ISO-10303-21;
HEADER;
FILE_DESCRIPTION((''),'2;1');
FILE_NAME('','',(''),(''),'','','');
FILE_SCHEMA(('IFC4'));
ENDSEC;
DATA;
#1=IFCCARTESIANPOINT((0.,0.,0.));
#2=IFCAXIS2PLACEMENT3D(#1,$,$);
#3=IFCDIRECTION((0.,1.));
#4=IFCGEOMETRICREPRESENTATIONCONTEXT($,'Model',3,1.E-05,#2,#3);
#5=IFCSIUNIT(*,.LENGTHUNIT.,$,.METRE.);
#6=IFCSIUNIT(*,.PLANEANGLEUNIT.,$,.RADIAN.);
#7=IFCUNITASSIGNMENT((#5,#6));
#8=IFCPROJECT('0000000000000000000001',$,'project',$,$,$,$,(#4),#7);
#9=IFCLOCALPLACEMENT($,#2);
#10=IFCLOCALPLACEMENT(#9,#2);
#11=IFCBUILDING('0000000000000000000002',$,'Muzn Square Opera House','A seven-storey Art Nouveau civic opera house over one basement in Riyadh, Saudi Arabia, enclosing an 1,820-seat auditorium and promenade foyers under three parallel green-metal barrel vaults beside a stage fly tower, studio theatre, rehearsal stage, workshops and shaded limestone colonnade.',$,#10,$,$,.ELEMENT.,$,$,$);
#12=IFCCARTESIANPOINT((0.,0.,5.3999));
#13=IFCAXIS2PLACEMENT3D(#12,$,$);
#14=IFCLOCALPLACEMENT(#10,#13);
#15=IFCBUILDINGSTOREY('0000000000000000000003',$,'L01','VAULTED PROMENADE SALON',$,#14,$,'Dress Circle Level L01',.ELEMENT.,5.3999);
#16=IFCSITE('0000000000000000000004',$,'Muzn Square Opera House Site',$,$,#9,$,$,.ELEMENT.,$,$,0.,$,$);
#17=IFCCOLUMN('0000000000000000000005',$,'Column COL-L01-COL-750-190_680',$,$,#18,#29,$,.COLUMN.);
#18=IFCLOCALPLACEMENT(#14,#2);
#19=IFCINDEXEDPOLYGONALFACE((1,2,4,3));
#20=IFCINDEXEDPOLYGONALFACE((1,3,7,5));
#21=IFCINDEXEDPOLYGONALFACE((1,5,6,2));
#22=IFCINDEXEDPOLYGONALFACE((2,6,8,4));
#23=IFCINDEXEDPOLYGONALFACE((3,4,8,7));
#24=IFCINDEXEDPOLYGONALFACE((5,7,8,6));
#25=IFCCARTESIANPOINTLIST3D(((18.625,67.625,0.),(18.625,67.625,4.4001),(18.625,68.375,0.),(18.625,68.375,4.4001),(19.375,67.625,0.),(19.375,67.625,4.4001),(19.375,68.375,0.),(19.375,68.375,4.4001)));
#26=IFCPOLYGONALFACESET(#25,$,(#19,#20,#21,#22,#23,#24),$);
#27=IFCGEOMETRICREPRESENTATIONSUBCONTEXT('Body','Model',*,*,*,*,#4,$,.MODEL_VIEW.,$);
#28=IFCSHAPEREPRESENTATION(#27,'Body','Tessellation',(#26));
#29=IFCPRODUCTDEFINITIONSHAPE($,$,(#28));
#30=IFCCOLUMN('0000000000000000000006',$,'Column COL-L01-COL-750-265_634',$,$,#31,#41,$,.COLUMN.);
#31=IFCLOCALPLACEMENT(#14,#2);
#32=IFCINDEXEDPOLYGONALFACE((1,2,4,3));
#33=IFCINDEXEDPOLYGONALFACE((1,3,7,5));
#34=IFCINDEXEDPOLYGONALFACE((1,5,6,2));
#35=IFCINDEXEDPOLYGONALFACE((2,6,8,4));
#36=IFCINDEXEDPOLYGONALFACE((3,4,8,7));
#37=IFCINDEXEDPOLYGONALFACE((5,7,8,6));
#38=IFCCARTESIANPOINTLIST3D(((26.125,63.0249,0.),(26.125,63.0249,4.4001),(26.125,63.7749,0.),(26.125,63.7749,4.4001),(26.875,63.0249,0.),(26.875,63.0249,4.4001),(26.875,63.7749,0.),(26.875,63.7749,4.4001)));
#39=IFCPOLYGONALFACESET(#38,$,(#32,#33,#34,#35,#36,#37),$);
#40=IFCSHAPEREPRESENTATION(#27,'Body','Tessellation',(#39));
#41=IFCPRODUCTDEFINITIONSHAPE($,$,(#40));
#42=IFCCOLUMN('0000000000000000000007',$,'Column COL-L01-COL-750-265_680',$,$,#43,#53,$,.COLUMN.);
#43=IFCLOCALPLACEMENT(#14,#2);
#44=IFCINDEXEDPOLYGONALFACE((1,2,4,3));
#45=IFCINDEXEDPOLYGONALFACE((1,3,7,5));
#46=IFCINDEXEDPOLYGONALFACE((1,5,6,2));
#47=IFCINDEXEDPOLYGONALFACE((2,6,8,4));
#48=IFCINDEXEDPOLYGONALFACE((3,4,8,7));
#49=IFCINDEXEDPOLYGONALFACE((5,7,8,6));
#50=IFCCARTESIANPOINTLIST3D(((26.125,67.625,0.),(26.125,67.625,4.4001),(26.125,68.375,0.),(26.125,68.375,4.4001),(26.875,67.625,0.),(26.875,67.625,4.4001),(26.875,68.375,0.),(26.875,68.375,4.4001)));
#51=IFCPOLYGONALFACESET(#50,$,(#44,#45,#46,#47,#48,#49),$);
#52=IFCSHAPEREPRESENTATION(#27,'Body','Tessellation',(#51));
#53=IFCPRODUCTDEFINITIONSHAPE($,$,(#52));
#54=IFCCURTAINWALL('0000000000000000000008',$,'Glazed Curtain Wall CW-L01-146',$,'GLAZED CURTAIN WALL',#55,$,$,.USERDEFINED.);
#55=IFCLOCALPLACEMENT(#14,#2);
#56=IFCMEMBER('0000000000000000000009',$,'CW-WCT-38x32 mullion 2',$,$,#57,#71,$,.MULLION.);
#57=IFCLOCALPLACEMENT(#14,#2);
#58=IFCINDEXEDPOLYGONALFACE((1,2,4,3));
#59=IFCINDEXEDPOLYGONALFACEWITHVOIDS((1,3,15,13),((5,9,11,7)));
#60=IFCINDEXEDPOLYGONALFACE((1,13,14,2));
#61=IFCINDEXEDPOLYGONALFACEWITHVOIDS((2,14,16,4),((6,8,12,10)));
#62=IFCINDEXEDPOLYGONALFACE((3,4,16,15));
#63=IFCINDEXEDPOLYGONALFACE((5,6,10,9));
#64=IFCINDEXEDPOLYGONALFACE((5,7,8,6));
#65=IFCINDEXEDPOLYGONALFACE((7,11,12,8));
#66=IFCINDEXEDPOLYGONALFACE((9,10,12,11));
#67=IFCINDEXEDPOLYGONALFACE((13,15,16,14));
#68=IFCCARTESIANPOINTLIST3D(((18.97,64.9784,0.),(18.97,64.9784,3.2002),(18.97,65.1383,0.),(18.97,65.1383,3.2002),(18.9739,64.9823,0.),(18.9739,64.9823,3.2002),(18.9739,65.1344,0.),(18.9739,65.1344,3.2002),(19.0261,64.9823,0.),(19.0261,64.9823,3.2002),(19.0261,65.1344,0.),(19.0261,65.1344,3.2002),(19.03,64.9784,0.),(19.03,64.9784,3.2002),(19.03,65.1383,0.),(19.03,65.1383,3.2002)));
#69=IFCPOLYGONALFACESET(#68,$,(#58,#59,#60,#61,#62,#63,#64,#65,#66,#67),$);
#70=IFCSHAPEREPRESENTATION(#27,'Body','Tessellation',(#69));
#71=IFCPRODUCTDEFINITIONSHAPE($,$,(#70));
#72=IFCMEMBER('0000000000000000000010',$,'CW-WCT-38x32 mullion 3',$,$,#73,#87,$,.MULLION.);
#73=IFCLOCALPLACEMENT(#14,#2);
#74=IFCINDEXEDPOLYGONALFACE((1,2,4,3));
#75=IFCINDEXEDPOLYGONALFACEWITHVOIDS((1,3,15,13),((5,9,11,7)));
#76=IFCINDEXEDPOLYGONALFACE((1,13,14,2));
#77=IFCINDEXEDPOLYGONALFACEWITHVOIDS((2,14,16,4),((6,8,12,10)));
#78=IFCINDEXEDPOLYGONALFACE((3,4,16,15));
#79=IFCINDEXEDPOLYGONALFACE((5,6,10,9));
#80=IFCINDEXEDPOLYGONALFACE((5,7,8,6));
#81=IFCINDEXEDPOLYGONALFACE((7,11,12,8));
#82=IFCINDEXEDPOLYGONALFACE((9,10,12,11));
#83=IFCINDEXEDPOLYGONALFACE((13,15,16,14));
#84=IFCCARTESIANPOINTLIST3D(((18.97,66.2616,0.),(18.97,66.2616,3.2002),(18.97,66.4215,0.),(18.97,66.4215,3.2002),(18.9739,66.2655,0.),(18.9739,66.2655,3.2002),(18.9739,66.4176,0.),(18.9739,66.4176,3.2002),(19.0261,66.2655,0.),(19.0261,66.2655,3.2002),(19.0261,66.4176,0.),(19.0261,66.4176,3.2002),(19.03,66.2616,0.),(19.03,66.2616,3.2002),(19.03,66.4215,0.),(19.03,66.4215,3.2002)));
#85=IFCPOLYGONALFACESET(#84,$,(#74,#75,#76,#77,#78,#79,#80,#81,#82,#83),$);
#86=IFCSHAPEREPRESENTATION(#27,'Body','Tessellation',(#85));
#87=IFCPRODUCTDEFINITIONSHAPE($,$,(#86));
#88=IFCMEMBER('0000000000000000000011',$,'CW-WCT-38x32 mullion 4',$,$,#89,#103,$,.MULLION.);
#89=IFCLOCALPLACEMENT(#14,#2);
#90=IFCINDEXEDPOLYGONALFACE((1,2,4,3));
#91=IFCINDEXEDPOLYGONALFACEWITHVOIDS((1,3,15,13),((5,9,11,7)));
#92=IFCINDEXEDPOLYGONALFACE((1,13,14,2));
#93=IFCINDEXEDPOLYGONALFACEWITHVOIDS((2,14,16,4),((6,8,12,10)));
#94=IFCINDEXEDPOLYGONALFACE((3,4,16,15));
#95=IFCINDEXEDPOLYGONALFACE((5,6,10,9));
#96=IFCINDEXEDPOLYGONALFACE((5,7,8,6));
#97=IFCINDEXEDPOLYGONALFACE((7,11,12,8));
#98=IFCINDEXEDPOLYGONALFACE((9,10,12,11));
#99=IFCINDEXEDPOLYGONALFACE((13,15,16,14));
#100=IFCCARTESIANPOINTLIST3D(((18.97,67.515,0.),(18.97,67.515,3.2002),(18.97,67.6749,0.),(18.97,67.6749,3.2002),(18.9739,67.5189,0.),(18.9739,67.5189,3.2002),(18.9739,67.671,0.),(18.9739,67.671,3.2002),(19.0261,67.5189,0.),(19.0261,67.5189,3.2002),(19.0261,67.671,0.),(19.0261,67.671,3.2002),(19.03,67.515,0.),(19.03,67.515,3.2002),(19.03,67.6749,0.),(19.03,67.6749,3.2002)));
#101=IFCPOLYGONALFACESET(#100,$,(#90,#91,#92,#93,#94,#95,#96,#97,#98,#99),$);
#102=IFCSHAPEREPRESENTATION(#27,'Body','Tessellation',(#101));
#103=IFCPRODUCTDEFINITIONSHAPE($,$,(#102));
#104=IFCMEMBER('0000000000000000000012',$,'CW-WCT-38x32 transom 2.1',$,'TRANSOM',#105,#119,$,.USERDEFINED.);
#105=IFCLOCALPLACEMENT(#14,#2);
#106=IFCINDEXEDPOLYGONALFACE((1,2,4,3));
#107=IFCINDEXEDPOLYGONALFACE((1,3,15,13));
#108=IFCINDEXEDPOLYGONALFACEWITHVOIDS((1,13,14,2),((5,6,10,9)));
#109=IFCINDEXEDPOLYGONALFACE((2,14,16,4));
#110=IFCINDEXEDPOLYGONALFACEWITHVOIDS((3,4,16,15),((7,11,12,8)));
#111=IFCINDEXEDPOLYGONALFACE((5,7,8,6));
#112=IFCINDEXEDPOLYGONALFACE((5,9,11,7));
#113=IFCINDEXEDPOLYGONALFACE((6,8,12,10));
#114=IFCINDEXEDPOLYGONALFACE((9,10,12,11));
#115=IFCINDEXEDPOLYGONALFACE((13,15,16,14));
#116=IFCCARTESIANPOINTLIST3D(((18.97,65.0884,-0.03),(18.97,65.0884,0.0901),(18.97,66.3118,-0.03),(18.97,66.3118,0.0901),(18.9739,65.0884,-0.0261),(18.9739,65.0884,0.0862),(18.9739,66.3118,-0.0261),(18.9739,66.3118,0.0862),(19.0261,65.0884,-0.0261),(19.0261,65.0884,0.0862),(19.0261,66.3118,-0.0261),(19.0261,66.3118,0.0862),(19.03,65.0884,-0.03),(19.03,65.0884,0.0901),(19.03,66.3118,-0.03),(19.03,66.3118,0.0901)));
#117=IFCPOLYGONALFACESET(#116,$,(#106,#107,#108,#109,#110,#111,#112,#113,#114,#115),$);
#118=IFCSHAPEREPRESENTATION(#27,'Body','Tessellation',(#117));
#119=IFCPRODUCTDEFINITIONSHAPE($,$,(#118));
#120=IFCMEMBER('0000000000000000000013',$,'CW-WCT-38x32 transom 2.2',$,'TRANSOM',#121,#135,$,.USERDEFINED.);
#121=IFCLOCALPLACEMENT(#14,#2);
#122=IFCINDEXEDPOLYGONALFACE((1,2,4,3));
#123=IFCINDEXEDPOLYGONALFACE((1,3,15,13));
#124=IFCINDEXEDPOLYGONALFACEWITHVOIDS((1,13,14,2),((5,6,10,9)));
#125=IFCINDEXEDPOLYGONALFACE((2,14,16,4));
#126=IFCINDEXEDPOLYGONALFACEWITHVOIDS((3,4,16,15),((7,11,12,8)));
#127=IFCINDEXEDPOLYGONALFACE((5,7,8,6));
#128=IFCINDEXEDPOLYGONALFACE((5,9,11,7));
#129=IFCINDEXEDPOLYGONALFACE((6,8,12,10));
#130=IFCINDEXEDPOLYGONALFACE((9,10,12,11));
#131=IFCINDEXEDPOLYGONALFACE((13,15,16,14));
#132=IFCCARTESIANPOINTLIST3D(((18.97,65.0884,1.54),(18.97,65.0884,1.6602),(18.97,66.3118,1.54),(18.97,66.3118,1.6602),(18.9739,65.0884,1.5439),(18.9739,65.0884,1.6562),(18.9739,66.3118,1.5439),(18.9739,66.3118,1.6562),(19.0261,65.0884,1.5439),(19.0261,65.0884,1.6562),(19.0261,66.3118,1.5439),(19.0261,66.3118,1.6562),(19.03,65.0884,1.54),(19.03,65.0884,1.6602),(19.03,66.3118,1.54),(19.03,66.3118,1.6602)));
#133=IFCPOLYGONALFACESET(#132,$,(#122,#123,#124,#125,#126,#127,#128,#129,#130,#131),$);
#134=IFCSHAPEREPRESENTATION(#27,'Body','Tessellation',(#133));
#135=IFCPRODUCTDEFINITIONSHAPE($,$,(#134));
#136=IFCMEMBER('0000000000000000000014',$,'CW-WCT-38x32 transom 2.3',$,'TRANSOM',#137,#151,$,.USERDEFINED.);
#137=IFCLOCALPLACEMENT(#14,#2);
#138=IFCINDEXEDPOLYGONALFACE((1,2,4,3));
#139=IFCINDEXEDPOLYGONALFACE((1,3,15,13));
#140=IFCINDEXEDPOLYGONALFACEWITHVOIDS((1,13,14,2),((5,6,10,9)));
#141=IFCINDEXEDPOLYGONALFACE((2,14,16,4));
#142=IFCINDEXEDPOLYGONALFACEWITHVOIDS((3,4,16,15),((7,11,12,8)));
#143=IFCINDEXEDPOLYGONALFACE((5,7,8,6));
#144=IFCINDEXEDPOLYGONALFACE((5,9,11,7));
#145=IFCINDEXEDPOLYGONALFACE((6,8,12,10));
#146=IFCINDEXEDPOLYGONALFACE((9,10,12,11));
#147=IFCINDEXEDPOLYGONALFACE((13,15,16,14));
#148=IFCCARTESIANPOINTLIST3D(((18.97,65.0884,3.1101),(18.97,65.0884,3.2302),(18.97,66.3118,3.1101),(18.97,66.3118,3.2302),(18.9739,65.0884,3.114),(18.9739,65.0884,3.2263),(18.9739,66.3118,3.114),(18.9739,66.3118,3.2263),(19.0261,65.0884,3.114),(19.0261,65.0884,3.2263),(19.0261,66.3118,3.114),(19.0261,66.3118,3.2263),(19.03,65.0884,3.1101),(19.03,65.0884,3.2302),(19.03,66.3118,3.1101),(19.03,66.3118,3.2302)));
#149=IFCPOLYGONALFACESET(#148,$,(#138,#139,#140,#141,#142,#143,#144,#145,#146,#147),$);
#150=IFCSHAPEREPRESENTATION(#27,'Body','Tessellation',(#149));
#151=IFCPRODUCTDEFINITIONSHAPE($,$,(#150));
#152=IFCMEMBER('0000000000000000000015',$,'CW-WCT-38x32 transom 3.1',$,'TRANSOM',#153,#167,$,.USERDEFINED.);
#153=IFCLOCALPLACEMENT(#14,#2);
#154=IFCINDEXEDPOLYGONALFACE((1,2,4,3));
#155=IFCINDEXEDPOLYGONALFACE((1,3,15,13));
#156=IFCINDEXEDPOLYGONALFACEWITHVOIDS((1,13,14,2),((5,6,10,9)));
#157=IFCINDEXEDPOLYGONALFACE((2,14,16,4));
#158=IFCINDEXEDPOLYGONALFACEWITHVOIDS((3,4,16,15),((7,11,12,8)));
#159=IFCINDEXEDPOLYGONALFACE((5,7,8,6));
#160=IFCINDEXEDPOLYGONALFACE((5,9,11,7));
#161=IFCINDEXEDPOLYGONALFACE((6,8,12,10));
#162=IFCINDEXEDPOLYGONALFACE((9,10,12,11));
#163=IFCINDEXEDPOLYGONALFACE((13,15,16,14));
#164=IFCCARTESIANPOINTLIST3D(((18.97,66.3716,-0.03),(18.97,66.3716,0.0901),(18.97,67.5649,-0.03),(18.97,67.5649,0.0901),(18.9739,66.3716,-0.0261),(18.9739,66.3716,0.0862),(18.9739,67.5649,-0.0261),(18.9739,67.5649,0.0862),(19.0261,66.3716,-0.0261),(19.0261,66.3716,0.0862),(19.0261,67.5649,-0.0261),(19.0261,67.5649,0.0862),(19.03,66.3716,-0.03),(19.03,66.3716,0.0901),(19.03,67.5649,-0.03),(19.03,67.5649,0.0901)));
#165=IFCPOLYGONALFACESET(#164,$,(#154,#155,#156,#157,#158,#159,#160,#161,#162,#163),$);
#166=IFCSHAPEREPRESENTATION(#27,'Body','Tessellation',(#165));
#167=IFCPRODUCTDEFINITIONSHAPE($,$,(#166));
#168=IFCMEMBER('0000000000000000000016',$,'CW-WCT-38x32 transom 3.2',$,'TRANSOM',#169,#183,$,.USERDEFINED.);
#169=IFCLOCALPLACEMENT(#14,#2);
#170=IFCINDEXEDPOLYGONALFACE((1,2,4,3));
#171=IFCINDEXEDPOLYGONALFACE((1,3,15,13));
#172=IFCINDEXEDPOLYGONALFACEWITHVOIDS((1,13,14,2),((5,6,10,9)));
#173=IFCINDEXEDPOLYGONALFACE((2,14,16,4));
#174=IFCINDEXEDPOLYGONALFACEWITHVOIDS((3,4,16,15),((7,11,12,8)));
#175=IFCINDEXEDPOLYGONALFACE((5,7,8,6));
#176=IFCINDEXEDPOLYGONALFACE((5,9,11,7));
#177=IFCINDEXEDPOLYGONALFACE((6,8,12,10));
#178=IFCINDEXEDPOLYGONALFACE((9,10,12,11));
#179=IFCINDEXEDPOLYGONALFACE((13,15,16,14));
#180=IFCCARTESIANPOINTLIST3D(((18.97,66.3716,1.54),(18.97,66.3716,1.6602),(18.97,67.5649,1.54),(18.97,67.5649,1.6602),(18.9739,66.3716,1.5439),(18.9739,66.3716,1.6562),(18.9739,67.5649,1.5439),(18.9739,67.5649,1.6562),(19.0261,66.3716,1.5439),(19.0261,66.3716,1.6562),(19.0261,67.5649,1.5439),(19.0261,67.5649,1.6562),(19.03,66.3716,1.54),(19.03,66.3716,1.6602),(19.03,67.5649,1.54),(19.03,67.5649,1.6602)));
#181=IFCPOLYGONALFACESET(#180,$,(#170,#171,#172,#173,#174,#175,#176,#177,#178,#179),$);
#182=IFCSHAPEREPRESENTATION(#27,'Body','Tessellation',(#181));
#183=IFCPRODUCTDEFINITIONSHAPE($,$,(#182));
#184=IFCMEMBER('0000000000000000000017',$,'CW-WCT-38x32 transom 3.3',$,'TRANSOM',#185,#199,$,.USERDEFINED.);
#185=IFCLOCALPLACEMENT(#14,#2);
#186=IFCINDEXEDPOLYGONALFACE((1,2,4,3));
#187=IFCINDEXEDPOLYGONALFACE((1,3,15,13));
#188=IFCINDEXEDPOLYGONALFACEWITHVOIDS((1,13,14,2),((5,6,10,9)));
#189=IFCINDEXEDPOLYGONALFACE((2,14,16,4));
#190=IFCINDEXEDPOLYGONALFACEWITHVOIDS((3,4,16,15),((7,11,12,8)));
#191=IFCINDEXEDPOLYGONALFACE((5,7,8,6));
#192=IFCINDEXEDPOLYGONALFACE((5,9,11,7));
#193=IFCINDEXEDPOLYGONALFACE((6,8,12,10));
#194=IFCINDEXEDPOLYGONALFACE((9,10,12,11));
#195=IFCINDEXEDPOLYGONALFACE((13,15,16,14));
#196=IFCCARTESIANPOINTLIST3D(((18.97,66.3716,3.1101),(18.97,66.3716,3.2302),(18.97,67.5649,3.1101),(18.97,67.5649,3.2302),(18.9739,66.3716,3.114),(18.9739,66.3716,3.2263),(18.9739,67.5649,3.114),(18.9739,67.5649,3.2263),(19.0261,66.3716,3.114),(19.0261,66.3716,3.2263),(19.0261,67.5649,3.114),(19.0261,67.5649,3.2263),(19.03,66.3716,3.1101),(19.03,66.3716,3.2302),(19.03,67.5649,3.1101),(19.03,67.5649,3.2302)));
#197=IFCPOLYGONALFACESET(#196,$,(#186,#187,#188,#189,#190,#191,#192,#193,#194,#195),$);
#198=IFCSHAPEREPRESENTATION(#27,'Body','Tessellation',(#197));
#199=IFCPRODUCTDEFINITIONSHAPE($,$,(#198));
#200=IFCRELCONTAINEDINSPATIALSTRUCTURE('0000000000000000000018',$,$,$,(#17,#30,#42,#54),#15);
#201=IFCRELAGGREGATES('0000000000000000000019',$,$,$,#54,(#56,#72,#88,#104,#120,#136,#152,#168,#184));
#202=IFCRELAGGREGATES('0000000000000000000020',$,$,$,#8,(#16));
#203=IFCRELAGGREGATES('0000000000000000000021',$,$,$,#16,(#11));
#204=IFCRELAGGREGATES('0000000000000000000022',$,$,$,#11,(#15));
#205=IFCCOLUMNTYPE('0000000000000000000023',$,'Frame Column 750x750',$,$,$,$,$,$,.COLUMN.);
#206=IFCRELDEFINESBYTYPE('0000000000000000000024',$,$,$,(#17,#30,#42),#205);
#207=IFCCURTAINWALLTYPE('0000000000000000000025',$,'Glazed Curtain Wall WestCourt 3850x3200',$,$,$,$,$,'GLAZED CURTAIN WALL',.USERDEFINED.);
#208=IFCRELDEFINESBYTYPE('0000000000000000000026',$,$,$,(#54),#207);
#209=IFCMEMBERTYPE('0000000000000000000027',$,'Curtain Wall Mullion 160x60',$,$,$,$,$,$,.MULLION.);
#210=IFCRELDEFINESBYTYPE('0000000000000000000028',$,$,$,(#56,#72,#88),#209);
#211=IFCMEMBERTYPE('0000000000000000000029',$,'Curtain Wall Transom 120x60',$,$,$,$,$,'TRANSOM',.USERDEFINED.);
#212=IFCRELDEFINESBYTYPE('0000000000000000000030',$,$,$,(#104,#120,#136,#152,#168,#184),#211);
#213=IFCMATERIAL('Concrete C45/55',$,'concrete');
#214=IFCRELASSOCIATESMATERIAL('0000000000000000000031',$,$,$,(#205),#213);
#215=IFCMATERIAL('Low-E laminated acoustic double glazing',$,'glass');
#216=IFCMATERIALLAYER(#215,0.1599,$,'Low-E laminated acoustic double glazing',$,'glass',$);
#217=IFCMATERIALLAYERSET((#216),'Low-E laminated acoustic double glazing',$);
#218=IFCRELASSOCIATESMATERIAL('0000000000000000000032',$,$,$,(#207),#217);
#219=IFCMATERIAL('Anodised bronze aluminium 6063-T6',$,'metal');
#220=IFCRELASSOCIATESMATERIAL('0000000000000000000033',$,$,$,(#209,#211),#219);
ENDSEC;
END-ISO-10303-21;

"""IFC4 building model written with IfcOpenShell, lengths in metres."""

from ifc_helpers import new_model, si_unit, direction, frame, origin, origin_2d, place, context, subcontext, project, spatial, rectangle, hollow_rectangle, extrude, material, layer, layer_set, material_profile, profile_set, type_object, element, aggregate, save


model = new_model("IFC4")

# Units and contexts
model_context = context("Model", 3, precision=1e-05, world=origin(), true_north=direction((0.0, 1.0)))
body_context = subcontext(model_context, "Body", "Model", "MODEL_VIEW")
ifc_project = project(units=[si_unit("LENGTHUNIT", "METRE"), si_unit("PLANEANGLEUNIT", "RADIAN")], contexts=[model_context])

# Site, building, storey
site_placement = place(None, origin())
site = spatial("IfcSite", under=ifc_project, at=site_placement, Name="Muzn Square Opera House Site", CompositionType="ELEMENT", RefElevation=0.0)
building_placement = place(site_placement, origin())
building = spatial("IfcBuilding", under=site, at=building_placement, Name="Muzn Square Opera House", Description="A seven-storey Art Nouveau civic opera house over one basement in Riyadh, Saudi Arabia, enclosing an 1,820-seat auditorium and promenade foyers under three parallel green-metal barrel vaults beside a stage fly tower, studio theatre, rehearsal stage, workshops and shaded limestone colonnade.", CompositionType="ELEMENT")
storey_placement = place(building_placement, frame((0.0, 0.0, 5.3999)))
storey = spatial("IfcBuildingStorey", under=building, at=storey_placement, Name="L01", Description="VAULTED PROMENADE SALON", LongName="Dress Circle Level L01", CompositionType="ELEMENT", Elevation=5.3999)

# Columns
ifc_material_1 = material(Name="Concrete C45/55", Category="concrete")
ifc_material_profile_1 = material_profile(ifc_material_1, rectangle(XDim=0.75, YDim=0.75, at=origin_2d()), Name="RC 750x750", Category="concrete")
ifc_profile_set_1 = profile_set([ifc_material_profile_1], Name="Concrete C45/55")
column_type = type_object("IfcColumnType", Name="Frame Column 750x750", PredefinedType="COLUMN", material=ifc_profile_set_1)
for number, where, z_axis, x_axis, name in (
    (1, (19.0, 68.0, 0.0), (0.0, 0.0, 1.0), (1.0, 0.0, 0.0), "Column COL-L01-COL-750-190_680"),
    (2, (26.5, 63.3999, 0.0), (0.0, 0.0, 1.0), (1.0, 0.0, 0.0), "Column COL-L01-COL-750-265_634"),
    (3, (26.5, 68.0, 0.0), (0.0, 0.0, 1.0), (1.0, 0.0, 0.0), "Column COL-L01-COL-750-265_680"),
):
    element("IfcColumn", number, at=place(storey_placement, frame(where, z_axis=z_axis, x_axis=x_axis)), inside=storey, type_object=column_type, Name=name, PredefinedType="COLUMN", context=body_context, shape_type="SweptSolid", body=[
        extrude(rectangle(XDim=0.75, YDim=0.75, at=origin_2d()), origin(), (0.0, 0.0, 1.0), 4.4001),
    ])

# Curtain wall, members
ifc_material_2 = material(Name="Low-E laminated acoustic double glazing", Category="glass")
ifc_layer_1 = layer(ifc_material_2, 0.1599, Name="Low-E laminated acoustic double glazing", Category="glass")
ifc_layer_set_1 = layer_set([ifc_layer_1], Name="Low-E laminated acoustic double glazing")
curtain_wall_type = type_object("IfcCurtainWallType", Name="Glazed Curtain Wall WestCourt 3850x3200", ElementType="GLAZED CURTAIN WALL", PredefinedType="USERDEFINED", material=ifc_layer_set_1)
curtain_wall_placement = place(storey_placement, origin())
curtain_wall = element("IfcCurtainWall", 4, at=curtain_wall_placement, inside=storey, type_object=curtain_wall_type, Name="Glazed Curtain Wall CW-L01-146", ObjectType="GLAZED CURTAIN WALL", PredefinedType="USERDEFINED")
ifc_material_3 = material(Name="Anodised bronze aluminium 6063-T6", Category="metal")
ifc_material_profile_2 = material_profile(ifc_material_3, hollow_rectangle(XDim=0.0601, YDim=0.1599, WallThickness=0.0039, at=origin_2d()), Name="ALU 160x60x4", Category="metal")
ifc_profile_set_2 = profile_set([ifc_material_profile_2], Name="Anodised bronze aluminium 6063-T6")
member_type_1 = type_object("IfcMemberType", Name="Curtain Wall Mullion 160x60", PredefinedType="MULLION", material=ifc_profile_set_2)
member_1_placement = place(storey_placement, frame((19.0, 65.0583, 0.0), z_axis=(0.0, 0.0, 1.0), x_axis=(-1.0, 0.0, 0.0)))
member_1 = element("IfcMember", 5, at=member_1_placement, type_object=member_type_1, Name="CW-WCT-38x32 mullion 2", PredefinedType="MULLION", context=body_context, shape_type="SweptSolid", body=[
    extrude(hollow_rectangle(XDim=0.0601, YDim=0.1599, WallThickness=0.0039, at=origin_2d()), origin(), (0.0, 0.0, 1.0), 3.2002),
])
member_2_placement = place(storey_placement, frame((19.0, 66.3416, 0.0), z_axis=(0.0, 0.0, 1.0), x_axis=(-1.0, 0.0, 0.0)))
member_2 = element("IfcMember", 6, at=member_2_placement, type_object=member_type_1, Name="CW-WCT-38x32 mullion 3", PredefinedType="MULLION", context=body_context, shape_type="SweptSolid", body=[
    extrude(hollow_rectangle(XDim=0.0601, YDim=0.1599, WallThickness=0.0039, at=origin_2d()), origin(), (0.0, 0.0, 1.0), 3.2002),
])
member_3_placement = place(storey_placement, frame((19.0, 67.595, 0.0), z_axis=(0.0, 0.0, 1.0), x_axis=(-1.0, 0.0, 0.0)))
member_3 = element("IfcMember", 7, at=member_3_placement, type_object=member_type_1, Name="CW-WCT-38x32 mullion 4", PredefinedType="MULLION", context=body_context, shape_type="SweptSolid", body=[
    extrude(hollow_rectangle(XDim=0.0601, YDim=0.1599, WallThickness=0.0039, at=origin_2d()), origin(), (0.0, 0.0, 1.0), 3.2002),
])
ifc_material_profile_3 = material_profile(ifc_material_3, hollow_rectangle(XDim=0.0601, YDim=0.1201, WallThickness=0.0039, at=origin_2d()), Name="ALU 120x60x4", Category="metal")
ifc_profile_set_3 = profile_set([ifc_material_profile_3], Name="Anodised bronze aluminium 6063-T6")
member_type_2 = type_object("IfcMemberType", Name="Curtain Wall Transom 120x60", ElementType="TRANSOM", PredefinedType="USERDEFINED", material=ifc_profile_set_3)
member_4_placement = place(storey_placement, frame((19.0, 65.0884, 0.03), z_axis=(0.0, 1.0, 0.0), x_axis=(-1.0, 0.0, 0.0)))
member_4 = element("IfcMember", 8, at=member_4_placement, type_object=member_type_2, Name="CW-WCT-38x32 transom 2.1", ObjectType="TRANSOM", PredefinedType="USERDEFINED", context=body_context, shape_type="SweptSolid", body=[
    extrude(hollow_rectangle(XDim=0.0601, YDim=0.1201, WallThickness=0.0039, at=origin_2d()), origin(), (0.0, 0.0, 1.0), 1.2234),
])
member_5_placement = place(storey_placement, frame((19.0, 65.0884, 1.6001), z_axis=(0.0, 1.0, 0.0), x_axis=(-1.0, 0.0, 0.0)))
member_5 = element("IfcMember", 9, at=member_5_placement, type_object=member_type_2, Name="CW-WCT-38x32 transom 2.2", ObjectType="TRANSOM", PredefinedType="USERDEFINED", context=body_context, shape_type="SweptSolid", body=[
    extrude(hollow_rectangle(XDim=0.0601, YDim=0.1201, WallThickness=0.0039, at=origin_2d()), origin(), (0.0, 0.0, 1.0), 1.2234),
])
member_6_placement = place(storey_placement, frame((19.0, 65.0884, 3.1702), z_axis=(0.0, 1.0, 0.0), x_axis=(-1.0, 0.0, 0.0)))
member_6 = element("IfcMember", 10, at=member_6_placement, type_object=member_type_2, Name="CW-WCT-38x32 transom 2.3", ObjectType="TRANSOM", PredefinedType="USERDEFINED", context=body_context, shape_type="SweptSolid", body=[
    extrude(hollow_rectangle(XDim=0.0601, YDim=0.1201, WallThickness=0.0039, at=origin_2d()), origin(), (0.0, 0.0, 1.0), 1.2234),
])
member_7_placement = place(storey_placement, frame((19.0, 66.3716, 0.03), z_axis=(0.0, 1.0, 0.0), x_axis=(-1.0, 0.0, 0.0)))
member_7 = element("IfcMember", 11, at=member_7_placement, type_object=member_type_2, Name="CW-WCT-38x32 transom 3.1", ObjectType="TRANSOM", PredefinedType="USERDEFINED", context=body_context, shape_type="SweptSolid", body=[
    extrude(hollow_rectangle(XDim=0.0601, YDim=0.1201, WallThickness=0.0039, at=origin_2d()), origin(), (0.0, 0.0, 1.0), 1.1934),
])
member_8_placement = place(storey_placement, frame((19.0, 66.3716, 1.6001), z_axis=(0.0, 1.0, 0.0), x_axis=(-1.0, 0.0, 0.0)))
member_8 = element("IfcMember", 12, at=member_8_placement, type_object=member_type_2, Name="CW-WCT-38x32 transom 3.2", ObjectType="TRANSOM", PredefinedType="USERDEFINED", context=body_context, shape_type="SweptSolid", body=[
    extrude(hollow_rectangle(XDim=0.0601, YDim=0.1201, WallThickness=0.0039, at=origin_2d()), origin(), (0.0, 0.0, 1.0), 1.1934),
])
member_9_placement = place(storey_placement, frame((19.0, 66.3716, 3.1702), z_axis=(0.0, 1.0, 0.0), x_axis=(-1.0, 0.0, 0.0)))
member_9 = element("IfcMember", 13, at=member_9_placement, type_object=member_type_2, Name="CW-WCT-38x32 transom 3.3", ObjectType="TRANSOM", PredefinedType="USERDEFINED", context=body_context, shape_type="SweptSolid", body=[
    extrude(hollow_rectangle(XDim=0.0601, YDim=0.1201, WallThickness=0.0039, at=origin_2d()), origin(), (0.0, 0.0, 1.0), 1.1934),
])

aggregate(curtain_wall, [member_1, member_2, member_3, member_4, member_5, member_6, member_7, member_8, member_9])

save(model, "model.ifc")
